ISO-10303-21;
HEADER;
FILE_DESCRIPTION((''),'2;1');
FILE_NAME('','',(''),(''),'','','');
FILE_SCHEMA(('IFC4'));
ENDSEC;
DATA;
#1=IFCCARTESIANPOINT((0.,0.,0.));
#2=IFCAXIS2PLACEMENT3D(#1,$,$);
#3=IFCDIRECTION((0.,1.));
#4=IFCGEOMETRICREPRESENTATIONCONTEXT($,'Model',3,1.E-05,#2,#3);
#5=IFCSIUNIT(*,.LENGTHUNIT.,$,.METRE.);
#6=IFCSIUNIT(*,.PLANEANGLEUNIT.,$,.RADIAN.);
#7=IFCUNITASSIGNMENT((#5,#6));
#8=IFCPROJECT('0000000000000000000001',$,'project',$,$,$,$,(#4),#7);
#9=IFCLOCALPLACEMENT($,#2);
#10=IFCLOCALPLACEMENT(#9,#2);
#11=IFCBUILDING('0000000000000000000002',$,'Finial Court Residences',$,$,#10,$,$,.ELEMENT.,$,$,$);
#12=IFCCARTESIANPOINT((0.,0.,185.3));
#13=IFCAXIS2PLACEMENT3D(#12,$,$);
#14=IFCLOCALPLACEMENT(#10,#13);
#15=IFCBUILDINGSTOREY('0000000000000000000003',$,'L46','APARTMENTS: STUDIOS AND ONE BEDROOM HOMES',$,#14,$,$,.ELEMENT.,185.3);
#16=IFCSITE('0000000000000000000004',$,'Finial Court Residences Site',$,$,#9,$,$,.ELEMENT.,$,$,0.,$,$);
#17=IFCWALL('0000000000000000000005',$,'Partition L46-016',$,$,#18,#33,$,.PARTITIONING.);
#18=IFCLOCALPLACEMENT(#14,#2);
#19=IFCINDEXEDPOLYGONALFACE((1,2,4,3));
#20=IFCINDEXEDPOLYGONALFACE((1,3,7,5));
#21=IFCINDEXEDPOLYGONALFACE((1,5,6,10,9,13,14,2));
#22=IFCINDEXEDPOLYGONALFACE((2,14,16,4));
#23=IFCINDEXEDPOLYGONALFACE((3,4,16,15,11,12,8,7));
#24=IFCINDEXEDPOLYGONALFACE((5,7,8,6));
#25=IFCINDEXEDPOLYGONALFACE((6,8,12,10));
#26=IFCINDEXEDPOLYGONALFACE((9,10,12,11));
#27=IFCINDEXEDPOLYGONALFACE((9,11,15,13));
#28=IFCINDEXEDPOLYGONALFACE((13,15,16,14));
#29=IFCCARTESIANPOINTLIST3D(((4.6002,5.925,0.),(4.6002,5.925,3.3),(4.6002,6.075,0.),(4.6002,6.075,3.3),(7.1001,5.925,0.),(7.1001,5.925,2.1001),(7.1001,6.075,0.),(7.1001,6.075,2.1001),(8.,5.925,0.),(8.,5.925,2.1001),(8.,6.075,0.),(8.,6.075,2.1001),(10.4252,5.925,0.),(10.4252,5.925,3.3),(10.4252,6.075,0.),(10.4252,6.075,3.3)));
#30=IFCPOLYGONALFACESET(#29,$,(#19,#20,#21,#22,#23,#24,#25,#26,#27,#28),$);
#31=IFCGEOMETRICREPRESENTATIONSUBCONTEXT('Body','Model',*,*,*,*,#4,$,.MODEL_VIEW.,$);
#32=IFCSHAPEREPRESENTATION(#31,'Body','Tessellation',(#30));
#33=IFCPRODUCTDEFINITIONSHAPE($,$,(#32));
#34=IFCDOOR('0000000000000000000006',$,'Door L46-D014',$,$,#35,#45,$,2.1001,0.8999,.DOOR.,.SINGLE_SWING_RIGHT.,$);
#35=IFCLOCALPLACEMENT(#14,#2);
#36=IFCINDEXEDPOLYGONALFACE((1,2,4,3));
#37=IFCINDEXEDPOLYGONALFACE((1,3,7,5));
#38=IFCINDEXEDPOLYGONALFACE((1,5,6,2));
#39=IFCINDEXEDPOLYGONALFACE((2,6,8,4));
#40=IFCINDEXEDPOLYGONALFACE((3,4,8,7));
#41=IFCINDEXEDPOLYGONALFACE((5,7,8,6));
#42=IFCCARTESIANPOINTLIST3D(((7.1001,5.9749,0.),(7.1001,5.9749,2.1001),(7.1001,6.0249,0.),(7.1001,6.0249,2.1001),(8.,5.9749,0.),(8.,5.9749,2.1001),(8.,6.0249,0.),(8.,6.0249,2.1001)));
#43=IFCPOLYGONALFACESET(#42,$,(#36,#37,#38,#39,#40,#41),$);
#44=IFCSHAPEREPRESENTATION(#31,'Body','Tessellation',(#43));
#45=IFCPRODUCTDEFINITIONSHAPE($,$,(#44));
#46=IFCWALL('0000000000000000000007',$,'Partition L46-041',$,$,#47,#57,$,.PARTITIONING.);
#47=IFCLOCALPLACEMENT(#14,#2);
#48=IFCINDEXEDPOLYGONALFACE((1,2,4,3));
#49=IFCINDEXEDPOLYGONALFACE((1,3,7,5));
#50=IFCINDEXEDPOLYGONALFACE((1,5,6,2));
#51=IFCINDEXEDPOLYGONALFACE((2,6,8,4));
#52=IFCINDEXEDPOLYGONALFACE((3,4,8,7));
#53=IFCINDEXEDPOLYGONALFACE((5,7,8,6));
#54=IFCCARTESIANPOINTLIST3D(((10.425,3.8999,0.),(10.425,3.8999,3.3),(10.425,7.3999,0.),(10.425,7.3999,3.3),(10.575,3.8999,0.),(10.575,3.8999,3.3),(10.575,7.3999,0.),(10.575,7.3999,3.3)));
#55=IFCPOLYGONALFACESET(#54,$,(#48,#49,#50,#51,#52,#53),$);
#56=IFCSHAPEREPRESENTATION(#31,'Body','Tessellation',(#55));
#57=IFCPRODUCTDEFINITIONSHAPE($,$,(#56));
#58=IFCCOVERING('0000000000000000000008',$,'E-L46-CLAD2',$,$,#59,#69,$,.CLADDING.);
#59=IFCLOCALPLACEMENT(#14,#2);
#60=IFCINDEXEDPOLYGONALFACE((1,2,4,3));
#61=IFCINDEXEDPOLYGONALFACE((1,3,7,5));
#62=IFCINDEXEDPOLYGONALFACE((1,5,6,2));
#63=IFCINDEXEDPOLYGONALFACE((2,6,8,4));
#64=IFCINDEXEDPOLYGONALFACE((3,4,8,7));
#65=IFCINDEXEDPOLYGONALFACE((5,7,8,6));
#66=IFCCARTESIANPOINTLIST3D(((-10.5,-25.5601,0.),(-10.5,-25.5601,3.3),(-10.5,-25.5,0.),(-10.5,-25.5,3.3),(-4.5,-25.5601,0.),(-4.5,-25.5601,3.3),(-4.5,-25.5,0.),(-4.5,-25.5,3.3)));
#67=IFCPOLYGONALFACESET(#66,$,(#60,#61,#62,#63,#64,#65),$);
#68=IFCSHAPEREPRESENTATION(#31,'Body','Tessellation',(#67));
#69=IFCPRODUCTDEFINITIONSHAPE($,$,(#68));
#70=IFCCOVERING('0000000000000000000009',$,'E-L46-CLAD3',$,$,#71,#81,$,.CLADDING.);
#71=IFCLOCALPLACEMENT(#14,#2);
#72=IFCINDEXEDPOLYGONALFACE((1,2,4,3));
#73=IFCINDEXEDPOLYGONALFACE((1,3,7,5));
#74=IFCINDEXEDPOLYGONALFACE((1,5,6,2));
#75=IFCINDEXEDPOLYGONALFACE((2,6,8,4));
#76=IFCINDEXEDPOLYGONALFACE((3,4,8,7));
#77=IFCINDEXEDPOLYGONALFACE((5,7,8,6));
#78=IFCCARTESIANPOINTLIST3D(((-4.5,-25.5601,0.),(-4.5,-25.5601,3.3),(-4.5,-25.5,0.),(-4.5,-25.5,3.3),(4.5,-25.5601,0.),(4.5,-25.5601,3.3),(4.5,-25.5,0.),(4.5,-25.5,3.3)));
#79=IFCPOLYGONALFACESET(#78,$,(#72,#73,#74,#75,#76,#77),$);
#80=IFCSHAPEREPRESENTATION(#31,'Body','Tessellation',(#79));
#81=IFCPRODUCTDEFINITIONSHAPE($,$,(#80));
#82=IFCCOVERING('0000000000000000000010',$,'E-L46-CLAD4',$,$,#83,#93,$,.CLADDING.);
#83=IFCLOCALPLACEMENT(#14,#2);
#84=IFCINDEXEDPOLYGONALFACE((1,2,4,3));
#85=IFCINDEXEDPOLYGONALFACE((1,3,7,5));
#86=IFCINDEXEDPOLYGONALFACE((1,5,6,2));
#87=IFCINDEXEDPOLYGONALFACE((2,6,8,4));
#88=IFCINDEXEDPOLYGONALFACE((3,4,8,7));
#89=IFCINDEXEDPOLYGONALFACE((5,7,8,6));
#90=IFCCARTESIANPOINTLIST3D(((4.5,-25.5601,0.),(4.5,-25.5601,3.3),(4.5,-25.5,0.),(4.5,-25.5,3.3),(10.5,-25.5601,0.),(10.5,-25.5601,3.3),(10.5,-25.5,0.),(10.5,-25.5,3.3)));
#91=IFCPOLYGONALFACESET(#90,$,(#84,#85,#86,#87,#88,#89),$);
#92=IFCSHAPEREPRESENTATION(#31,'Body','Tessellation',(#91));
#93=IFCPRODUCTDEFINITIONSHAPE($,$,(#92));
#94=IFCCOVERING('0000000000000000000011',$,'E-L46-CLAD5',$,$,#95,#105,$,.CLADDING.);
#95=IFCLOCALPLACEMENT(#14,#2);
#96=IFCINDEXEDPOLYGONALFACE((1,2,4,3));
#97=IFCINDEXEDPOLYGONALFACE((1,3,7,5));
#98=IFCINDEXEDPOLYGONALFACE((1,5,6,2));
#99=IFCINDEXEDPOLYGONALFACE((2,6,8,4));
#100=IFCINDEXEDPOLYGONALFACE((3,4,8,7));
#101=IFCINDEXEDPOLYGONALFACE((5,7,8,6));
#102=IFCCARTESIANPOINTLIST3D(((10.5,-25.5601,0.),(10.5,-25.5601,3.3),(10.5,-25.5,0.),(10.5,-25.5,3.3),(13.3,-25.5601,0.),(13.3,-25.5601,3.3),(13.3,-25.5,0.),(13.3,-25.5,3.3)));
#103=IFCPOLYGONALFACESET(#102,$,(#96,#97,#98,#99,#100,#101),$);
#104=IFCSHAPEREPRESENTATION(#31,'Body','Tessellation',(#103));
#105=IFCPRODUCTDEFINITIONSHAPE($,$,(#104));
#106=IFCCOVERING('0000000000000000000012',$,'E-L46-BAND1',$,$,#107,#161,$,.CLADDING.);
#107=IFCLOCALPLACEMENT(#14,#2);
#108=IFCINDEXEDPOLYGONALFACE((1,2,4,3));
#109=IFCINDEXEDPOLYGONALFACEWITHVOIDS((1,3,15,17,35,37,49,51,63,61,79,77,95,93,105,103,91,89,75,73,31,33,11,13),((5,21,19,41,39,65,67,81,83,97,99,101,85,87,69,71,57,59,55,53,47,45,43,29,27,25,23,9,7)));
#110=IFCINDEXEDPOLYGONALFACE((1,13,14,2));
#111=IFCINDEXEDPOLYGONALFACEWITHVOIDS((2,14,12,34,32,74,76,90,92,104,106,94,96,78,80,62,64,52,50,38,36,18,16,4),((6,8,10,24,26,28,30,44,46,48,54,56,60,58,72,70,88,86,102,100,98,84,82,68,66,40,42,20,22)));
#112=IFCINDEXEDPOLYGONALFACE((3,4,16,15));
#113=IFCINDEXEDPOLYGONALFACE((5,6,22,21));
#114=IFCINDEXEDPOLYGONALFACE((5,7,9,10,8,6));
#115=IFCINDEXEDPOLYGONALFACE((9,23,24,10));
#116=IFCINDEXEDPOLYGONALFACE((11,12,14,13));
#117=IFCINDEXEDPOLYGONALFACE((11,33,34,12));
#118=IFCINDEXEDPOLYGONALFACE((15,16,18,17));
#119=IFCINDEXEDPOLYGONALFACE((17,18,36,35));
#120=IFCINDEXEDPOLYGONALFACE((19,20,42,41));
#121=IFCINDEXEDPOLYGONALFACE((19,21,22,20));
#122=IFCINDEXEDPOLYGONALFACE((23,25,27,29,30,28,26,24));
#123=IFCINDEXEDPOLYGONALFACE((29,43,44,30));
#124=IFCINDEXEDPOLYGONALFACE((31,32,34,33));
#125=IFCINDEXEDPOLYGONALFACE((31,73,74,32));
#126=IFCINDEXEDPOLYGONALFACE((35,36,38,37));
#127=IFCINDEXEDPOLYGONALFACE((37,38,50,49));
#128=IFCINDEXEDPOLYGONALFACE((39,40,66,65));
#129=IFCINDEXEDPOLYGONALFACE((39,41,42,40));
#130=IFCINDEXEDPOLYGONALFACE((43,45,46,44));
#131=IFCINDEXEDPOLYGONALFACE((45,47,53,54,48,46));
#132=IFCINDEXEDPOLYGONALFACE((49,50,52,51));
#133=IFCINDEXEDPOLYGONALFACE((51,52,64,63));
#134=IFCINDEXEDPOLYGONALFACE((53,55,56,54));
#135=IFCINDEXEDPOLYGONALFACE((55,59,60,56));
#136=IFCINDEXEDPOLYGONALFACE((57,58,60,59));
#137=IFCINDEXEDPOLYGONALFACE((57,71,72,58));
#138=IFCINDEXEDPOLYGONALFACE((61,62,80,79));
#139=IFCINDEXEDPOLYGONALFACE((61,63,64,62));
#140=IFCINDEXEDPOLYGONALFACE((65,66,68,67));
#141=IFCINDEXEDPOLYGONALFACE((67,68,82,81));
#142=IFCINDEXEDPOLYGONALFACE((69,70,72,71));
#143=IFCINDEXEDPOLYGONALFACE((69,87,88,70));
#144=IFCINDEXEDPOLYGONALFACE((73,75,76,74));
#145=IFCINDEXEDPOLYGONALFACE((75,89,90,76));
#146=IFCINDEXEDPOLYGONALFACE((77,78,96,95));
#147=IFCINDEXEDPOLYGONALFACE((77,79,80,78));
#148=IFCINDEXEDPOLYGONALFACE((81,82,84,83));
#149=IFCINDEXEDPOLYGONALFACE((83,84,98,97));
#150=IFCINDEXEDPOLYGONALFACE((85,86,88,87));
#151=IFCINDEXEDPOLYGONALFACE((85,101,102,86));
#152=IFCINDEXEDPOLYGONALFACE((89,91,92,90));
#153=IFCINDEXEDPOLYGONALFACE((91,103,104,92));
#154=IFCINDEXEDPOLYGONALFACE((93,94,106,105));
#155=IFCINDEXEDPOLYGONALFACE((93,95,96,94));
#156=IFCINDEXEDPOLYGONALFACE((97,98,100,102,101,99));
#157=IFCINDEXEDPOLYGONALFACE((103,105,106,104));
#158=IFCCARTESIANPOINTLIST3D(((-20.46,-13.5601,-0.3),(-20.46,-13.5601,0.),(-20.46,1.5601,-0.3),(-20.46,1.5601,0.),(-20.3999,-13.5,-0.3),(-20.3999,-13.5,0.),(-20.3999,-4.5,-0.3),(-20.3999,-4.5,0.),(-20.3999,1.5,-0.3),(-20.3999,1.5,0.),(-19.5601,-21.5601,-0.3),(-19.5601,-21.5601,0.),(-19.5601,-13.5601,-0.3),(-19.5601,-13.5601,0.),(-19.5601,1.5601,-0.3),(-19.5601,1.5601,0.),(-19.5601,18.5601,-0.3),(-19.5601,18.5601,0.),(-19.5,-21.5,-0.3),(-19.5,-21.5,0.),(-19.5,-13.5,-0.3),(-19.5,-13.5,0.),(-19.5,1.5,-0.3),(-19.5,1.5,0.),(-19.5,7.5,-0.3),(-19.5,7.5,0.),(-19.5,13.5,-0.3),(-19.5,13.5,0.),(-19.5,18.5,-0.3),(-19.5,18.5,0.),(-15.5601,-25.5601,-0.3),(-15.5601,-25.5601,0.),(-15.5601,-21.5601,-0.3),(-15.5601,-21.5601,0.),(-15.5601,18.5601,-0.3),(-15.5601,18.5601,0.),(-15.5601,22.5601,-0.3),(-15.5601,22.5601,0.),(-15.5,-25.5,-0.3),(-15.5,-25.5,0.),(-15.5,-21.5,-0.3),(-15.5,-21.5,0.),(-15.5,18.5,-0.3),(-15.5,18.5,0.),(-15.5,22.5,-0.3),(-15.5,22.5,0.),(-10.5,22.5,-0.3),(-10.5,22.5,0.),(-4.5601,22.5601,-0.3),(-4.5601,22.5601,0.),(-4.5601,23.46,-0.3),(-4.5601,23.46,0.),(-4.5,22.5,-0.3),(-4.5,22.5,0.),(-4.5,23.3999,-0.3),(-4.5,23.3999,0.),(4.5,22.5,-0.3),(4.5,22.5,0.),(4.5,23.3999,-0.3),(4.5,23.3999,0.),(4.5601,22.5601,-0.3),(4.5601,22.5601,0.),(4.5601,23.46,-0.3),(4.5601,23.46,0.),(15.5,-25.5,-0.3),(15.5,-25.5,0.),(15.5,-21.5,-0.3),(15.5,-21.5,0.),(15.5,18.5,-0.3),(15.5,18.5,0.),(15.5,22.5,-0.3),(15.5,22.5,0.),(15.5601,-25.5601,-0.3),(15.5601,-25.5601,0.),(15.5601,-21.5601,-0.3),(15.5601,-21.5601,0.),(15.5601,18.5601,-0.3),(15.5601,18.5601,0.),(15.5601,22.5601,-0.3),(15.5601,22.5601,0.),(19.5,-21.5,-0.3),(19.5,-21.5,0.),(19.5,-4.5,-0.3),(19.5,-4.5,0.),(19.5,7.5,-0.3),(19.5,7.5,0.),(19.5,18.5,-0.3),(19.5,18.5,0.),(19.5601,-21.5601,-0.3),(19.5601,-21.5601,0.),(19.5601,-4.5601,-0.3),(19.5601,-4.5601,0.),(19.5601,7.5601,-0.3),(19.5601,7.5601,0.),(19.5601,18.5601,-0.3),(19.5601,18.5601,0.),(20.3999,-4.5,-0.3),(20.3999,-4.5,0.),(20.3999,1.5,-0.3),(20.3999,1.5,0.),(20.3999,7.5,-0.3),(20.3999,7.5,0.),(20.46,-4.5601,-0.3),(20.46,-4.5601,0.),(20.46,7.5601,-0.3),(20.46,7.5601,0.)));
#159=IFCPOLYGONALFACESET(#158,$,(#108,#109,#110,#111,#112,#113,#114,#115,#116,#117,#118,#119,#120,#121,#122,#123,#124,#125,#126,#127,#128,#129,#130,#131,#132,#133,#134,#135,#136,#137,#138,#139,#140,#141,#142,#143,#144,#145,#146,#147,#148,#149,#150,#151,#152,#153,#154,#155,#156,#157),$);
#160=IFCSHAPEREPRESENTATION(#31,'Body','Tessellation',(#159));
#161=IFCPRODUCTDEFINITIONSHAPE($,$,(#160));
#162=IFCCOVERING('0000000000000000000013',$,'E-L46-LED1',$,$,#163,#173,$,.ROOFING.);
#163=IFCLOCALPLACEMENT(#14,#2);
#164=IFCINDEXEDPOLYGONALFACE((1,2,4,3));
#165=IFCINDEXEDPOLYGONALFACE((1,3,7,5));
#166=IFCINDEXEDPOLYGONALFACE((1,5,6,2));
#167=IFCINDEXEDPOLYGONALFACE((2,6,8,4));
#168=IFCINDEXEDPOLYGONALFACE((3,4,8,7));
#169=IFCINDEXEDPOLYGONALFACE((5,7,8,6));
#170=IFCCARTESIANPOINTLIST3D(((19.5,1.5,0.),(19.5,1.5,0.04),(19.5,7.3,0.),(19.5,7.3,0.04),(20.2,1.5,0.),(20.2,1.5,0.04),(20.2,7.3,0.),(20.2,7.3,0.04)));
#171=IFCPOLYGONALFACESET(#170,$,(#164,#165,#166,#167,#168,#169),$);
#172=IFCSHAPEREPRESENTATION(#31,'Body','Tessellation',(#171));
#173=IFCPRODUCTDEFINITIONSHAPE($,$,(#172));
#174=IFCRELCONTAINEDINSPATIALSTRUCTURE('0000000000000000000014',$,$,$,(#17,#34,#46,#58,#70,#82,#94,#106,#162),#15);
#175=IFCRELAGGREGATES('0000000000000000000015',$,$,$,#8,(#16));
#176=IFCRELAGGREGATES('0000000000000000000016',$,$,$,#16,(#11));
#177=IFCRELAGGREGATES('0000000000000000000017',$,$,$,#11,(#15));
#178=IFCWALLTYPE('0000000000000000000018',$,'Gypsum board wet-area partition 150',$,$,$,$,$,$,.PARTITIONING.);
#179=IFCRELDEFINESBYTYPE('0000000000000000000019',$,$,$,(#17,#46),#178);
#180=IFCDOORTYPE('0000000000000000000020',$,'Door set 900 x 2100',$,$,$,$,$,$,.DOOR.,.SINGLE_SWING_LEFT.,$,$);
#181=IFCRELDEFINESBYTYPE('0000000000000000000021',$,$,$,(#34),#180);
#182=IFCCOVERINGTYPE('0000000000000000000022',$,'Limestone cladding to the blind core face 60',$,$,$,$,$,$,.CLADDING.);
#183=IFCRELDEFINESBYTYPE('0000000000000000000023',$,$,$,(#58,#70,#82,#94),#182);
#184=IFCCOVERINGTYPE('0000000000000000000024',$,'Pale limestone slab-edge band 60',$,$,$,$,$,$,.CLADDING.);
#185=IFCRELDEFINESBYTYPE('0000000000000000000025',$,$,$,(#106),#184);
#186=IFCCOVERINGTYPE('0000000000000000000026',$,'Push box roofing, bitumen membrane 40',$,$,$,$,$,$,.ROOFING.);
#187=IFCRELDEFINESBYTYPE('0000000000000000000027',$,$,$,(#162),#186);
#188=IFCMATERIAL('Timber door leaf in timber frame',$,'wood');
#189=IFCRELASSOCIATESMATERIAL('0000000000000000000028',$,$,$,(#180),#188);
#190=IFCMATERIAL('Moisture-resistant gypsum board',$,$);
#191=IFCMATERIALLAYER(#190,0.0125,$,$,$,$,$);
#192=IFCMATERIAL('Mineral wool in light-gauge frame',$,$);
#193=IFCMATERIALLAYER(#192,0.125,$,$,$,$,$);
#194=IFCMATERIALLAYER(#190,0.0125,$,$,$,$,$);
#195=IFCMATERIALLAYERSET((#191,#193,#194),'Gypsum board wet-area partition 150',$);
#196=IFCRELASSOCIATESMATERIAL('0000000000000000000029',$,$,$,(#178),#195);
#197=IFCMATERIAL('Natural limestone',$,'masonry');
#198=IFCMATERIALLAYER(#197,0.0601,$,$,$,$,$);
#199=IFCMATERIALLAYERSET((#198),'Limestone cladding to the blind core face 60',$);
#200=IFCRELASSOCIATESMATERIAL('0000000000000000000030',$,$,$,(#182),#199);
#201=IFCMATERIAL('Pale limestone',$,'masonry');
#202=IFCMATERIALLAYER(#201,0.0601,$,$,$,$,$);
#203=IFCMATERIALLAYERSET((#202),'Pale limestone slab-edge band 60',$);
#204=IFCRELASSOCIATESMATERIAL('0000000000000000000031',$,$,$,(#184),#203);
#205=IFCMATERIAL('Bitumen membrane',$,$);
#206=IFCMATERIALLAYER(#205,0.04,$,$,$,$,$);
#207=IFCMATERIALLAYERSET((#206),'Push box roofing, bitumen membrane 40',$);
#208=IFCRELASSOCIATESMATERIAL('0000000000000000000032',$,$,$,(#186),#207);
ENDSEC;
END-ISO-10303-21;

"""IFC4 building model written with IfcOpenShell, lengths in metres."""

from ifc_helpers import new_model, si_unit, direction, frame, frame_2d, origin, place, context, subcontext, project, spatial, polyline, rectangle, outline, extrude, material, layer, layer_set, type_object, element, fill, save


model = new_model("IFC4")

# Units and contexts
model_context = context("Model", 3, precision=1e-05, world=origin(), true_north=direction((0.0, 1.0)))
body_context = subcontext(model_context, "Body", "Model", "MODEL_VIEW")
ifc_project = project(units=[si_unit("LENGTHUNIT", "METRE"), si_unit("PLANEANGLEUNIT", "RADIAN")], contexts=[model_context])

# Site, building, storey
site_placement = place(None, origin())
site = spatial("IfcSite", under=ifc_project, at=site_placement, Name="Finial Court Residences Site", CompositionType="ELEMENT", RefElevation=0.0)
building_placement = place(site_placement, origin())
building = spatial("IfcBuilding", under=site, at=building_placement, Name="Finial Court Residences", CompositionType="ELEMENT")
storey_placement = place(building_placement, frame((0.0, 0.0, 185.3)))
storey = spatial("IfcBuildingStorey", under=building, at=storey_placement, Name="L46", Description="APARTMENTS: STUDIOS AND ONE BEDROOM HOMES", CompositionType="ELEMENT", Elevation=185.3)

# Wall, opening, door
ifc_material_1 = material(Name="Mineral wool in light-gauge frame")
ifc_material_2 = material(Name="Timber door leaf in timber frame", Category="wood")
door_type = type_object("IfcDoorType", Name="Door set 900 x 2100", OperationType="SINGLE_SWING_LEFT", PredefinedType="DOOR", material=ifc_material_2)
ifc_material_3 = material(Name="Moisture-resistant gypsum board")
ifc_layer_1 = layer(ifc_material_3, 0.0125)
ifc_layer_2 = layer(ifc_material_1, 0.125)
ifc_layer_3 = layer(ifc_material_3, 0.0125)
ifc_layer_set_1 = layer_set([ifc_layer_1, ifc_layer_2, ifc_layer_3], Name="Gypsum board wet-area partition 150")
wall_type_1 = type_object("IfcWallType", Name="Gypsum board wet-area partition 150", PredefinedType="PARTITIONING", material=ifc_layer_set_1)
wall_1_placement = place(storey_placement, frame((4.6001, 6.0, 0.0), z_axis=(0.0, 0.0, 1.0), x_axis=(1.0, 0.0, 0.0)))
wall_1 = element("IfcWall", 1, at=wall_1_placement, inside=storey, type_object=wall_type_1, Name="Partition L46-016", PredefinedType="PARTITIONING", context=body_context, shape_type="SweptSolid", body=[
    extrude(rectangle(XDim=5.825, YDim=0.1499, at=frame_2d((2.9126, 0.0))), origin(), (0.0, 0.0, 1.0), 3.3),
])
opening_1_placement = place(wall_1_placement, frame((2.5, 0.0, 0.0)))
opening_1 = element("IfcOpeningElement", 2, at=opening_1_placement, cuts=wall_1, PredefinedType="OPENING", context=body_context, shape_type="SweptSolid", body=[
    extrude(rectangle(XDim=0.8999, YDim=2.1001, at=frame_2d((0.45, 1.05))), frame((0.0, 0.085, 0.0), z_axis=(0.0, -1.0, 0.0), x_axis=(1.0, 0.0, 0.0)), (0.0, 0.0, 1.0), 0.1699),
])
door_1_placement = place(opening_1_placement, origin())
door_1 = element("IfcDoor", 3, at=door_1_placement, inside=storey, type_object=door_type, Name="Door L46-D014", OperationType="SINGLE_SWING_RIGHT", OverallHeight=2.1001, OverallWidth=0.8999, PredefinedType="DOOR", context=body_context, shape_type="SweptSolid", body=[
    extrude(rectangle(XDim=0.8999, YDim=2.1001, at=frame_2d((0.45, 1.05))), frame((0.0, 0.0249, 0.0), z_axis=(0.0, -1.0, 0.0), x_axis=(1.0, 0.0, 0.0)), (0.0, 0.0, 1.0), 0.05),
])
fill(opening_1, door_1)

# Wall
wall_2_placement = place(storey_placement, frame((10.5, 3.8999, 0.0), z_axis=(0.0, 0.0, 1.0), x_axis=(0.0, 1.0, 0.0)))
element("IfcWall", 4, at=wall_2_placement, inside=storey, type_object=wall_type_1, Name="Partition L46-041", PredefinedType="PARTITIONING", context=body_context, shape_type="SweptSolid", body=[
    extrude(rectangle(XDim=3.5, YDim=0.1499, at=frame_2d((1.75, 0.0))), origin(), (0.0, 0.0, 1.0), 3.3),
])

# Coverings
ifc_material_4 = material(Name="Natural limestone", Category="masonry")
ifc_layer_4 = layer(ifc_material_4, 0.0601)
ifc_layer_set_2 = layer_set([ifc_layer_4], Name="Limestone cladding to the blind core face 60")
covering_type_1 = type_object("IfcCoveringType", Name="Limestone cladding to the blind core face 60", PredefinedType="CLADDING", material=ifc_layer_set_2)
covering_1_placement = place(storey_placement, origin())
element("IfcCovering", 5, at=covering_1_placement, inside=storey, type_object=covering_type_1, Name="E-L46-CLAD2", PredefinedType="CLADDING", context=body_context, shape_type="SweptSolid", body=[
    extrude(outline(polyline([(-4.5, -25.5601), (-4.5, -25.5), (-10.5, -25.5), (-10.5, -25.5601), (-4.5, -25.5601)])), origin(), (0.0, 0.0, 1.0), 3.3),
])
covering_2_placement = place(storey_placement, origin())
element("IfcCovering", 6, at=covering_2_placement, inside=storey, type_object=covering_type_1, Name="E-L46-CLAD3", PredefinedType="CLADDING", context=body_context, shape_type="SweptSolid", body=[
    extrude(outline(polyline([(4.5, -25.5601), (4.5, -25.5), (-4.5, -25.5), (-4.5, -25.5601), (4.5, -25.5601)])), origin(), (0.0, 0.0, 1.0), 3.3),
])
covering_3_placement = place(storey_placement, origin())
element("IfcCovering", 7, at=covering_3_placement, inside=storey, type_object=covering_type_1, Name="E-L46-CLAD4", PredefinedType="CLADDING", context=body_context, shape_type="SweptSolid", body=[
    extrude(outline(polyline([(10.5, -25.5601), (10.5, -25.5), (4.5, -25.5), (4.5, -25.5601), (10.5, -25.5601)])), origin(), (0.0, 0.0, 1.0), 3.3),
])
covering_4_placement = place(storey_placement, origin())
element("IfcCovering", 8, at=covering_4_placement, inside=storey, type_object=covering_type_1, Name="E-L46-CLAD5", PredefinedType="CLADDING", context=body_context, shape_type="SweptSolid", body=[
    extrude(outline(polyline([(13.3, -25.5601), (13.3, -25.5), (10.5, -25.5), (10.5, -25.5601), (13.3, -25.5601)])), origin(), (0.0, 0.0, 1.0), 3.3),
])
ifc_material_5 = material(Name="Pale limestone", Category="masonry")
ifc_layer_5 = layer(ifc_material_5, 0.0601)
ifc_layer_set_3 = layer_set([ifc_layer_5], Name="Pale limestone slab-edge band 60")
covering_type_2 = type_object("IfcCoveringType", Name="Pale limestone slab-edge band 60", PredefinedType="CLADDING", material=ifc_layer_set_3)
covering_5_placement = place(storey_placement, frame((0.0, 0.0, -0.3)))
element("IfcCovering", 9, at=covering_5_placement, inside=storey, type_object=covering_type_2, Name="E-L46-BAND1", PredefinedType="CLADDING", context=body_context, shape_type="SweptSolid", body=[
    extrude(outline(polyline([(-19.5601, 18.5601), (-15.5601, 18.5601), (-15.5601, 22.5601), (-4.5601, 22.5601), (-4.5601, 23.46), (4.5601, 23.46), (4.5601, 22.5601), (15.5601, 22.5601), (15.5601, 18.5601), (19.5601, 18.5601), (19.5601, 7.5601), (20.46, 7.5601), (20.46, -4.5601), (19.5601, -4.5601), (19.5601, -21.5601), (15.5601, -21.5601), (15.5601, -25.5601), (-15.5601, -25.5601), (-15.5601, -21.5601), (-19.5601, -21.5601), (-19.5601, -13.5601), (-20.46, -13.5601), (-20.46, 1.5601), (-19.5601, 1.5601), (-19.5601, 18.5601)]), holes=[polyline([(-20.3999, 1.5), (-20.3999, -4.5), (-20.3999, -13.5), (-19.5, -13.5), (-19.5, -21.5), (-15.5, -21.5), (-15.5, -25.5), (15.5, -25.5), (15.5, -21.5), (19.5, -21.5), (19.5, -4.5), (20.3999, -4.5), (20.3999, 1.5), (20.3999, 7.5), (19.5, 7.5), (19.5, 18.5), (15.5, 18.5), (15.5, 22.5), (4.5, 22.5), (4.5, 23.3999), (-4.5, 23.3999), (-4.5, 22.5), (-10.5, 22.5), (-15.5, 22.5), (-15.5, 18.5), (-19.5, 18.5), (-19.5, 13.5), (-19.5, 7.5), (-19.5, 1.5), (-20.3999, 1.5)])]), origin(), (0.0, 0.0, 1.0), 0.3),
])
ifc_material_6 = material(Name="Bitumen membrane")
ifc_layer_6 = layer(ifc_material_6, 0.04)
ifc_layer_set_4 = layer_set([ifc_layer_6], Name="Push box roofing, bitumen membrane 40")
covering_type_3 = type_object("IfcCoveringType", Name="Push box roofing, bitumen membrane 40", PredefinedType="ROOFING", material=ifc_layer_set_4)
covering_6_placement = place(storey_placement, origin())
element("IfcCovering", 10, at=covering_6_placement, inside=storey, type_object=covering_type_3, Name="E-L46-LED1", PredefinedType="ROOFING", context=body_context, shape_type="SweptSolid", body=[
    extrude(outline(polyline([(19.5, 7.3), (20.2, 7.3), (20.2, 1.5), (19.5, 1.5), (19.5, 7.3)])), origin(), (0.0, 0.0, 1.0), 0.04),
])

save(model, "model.ifc")
